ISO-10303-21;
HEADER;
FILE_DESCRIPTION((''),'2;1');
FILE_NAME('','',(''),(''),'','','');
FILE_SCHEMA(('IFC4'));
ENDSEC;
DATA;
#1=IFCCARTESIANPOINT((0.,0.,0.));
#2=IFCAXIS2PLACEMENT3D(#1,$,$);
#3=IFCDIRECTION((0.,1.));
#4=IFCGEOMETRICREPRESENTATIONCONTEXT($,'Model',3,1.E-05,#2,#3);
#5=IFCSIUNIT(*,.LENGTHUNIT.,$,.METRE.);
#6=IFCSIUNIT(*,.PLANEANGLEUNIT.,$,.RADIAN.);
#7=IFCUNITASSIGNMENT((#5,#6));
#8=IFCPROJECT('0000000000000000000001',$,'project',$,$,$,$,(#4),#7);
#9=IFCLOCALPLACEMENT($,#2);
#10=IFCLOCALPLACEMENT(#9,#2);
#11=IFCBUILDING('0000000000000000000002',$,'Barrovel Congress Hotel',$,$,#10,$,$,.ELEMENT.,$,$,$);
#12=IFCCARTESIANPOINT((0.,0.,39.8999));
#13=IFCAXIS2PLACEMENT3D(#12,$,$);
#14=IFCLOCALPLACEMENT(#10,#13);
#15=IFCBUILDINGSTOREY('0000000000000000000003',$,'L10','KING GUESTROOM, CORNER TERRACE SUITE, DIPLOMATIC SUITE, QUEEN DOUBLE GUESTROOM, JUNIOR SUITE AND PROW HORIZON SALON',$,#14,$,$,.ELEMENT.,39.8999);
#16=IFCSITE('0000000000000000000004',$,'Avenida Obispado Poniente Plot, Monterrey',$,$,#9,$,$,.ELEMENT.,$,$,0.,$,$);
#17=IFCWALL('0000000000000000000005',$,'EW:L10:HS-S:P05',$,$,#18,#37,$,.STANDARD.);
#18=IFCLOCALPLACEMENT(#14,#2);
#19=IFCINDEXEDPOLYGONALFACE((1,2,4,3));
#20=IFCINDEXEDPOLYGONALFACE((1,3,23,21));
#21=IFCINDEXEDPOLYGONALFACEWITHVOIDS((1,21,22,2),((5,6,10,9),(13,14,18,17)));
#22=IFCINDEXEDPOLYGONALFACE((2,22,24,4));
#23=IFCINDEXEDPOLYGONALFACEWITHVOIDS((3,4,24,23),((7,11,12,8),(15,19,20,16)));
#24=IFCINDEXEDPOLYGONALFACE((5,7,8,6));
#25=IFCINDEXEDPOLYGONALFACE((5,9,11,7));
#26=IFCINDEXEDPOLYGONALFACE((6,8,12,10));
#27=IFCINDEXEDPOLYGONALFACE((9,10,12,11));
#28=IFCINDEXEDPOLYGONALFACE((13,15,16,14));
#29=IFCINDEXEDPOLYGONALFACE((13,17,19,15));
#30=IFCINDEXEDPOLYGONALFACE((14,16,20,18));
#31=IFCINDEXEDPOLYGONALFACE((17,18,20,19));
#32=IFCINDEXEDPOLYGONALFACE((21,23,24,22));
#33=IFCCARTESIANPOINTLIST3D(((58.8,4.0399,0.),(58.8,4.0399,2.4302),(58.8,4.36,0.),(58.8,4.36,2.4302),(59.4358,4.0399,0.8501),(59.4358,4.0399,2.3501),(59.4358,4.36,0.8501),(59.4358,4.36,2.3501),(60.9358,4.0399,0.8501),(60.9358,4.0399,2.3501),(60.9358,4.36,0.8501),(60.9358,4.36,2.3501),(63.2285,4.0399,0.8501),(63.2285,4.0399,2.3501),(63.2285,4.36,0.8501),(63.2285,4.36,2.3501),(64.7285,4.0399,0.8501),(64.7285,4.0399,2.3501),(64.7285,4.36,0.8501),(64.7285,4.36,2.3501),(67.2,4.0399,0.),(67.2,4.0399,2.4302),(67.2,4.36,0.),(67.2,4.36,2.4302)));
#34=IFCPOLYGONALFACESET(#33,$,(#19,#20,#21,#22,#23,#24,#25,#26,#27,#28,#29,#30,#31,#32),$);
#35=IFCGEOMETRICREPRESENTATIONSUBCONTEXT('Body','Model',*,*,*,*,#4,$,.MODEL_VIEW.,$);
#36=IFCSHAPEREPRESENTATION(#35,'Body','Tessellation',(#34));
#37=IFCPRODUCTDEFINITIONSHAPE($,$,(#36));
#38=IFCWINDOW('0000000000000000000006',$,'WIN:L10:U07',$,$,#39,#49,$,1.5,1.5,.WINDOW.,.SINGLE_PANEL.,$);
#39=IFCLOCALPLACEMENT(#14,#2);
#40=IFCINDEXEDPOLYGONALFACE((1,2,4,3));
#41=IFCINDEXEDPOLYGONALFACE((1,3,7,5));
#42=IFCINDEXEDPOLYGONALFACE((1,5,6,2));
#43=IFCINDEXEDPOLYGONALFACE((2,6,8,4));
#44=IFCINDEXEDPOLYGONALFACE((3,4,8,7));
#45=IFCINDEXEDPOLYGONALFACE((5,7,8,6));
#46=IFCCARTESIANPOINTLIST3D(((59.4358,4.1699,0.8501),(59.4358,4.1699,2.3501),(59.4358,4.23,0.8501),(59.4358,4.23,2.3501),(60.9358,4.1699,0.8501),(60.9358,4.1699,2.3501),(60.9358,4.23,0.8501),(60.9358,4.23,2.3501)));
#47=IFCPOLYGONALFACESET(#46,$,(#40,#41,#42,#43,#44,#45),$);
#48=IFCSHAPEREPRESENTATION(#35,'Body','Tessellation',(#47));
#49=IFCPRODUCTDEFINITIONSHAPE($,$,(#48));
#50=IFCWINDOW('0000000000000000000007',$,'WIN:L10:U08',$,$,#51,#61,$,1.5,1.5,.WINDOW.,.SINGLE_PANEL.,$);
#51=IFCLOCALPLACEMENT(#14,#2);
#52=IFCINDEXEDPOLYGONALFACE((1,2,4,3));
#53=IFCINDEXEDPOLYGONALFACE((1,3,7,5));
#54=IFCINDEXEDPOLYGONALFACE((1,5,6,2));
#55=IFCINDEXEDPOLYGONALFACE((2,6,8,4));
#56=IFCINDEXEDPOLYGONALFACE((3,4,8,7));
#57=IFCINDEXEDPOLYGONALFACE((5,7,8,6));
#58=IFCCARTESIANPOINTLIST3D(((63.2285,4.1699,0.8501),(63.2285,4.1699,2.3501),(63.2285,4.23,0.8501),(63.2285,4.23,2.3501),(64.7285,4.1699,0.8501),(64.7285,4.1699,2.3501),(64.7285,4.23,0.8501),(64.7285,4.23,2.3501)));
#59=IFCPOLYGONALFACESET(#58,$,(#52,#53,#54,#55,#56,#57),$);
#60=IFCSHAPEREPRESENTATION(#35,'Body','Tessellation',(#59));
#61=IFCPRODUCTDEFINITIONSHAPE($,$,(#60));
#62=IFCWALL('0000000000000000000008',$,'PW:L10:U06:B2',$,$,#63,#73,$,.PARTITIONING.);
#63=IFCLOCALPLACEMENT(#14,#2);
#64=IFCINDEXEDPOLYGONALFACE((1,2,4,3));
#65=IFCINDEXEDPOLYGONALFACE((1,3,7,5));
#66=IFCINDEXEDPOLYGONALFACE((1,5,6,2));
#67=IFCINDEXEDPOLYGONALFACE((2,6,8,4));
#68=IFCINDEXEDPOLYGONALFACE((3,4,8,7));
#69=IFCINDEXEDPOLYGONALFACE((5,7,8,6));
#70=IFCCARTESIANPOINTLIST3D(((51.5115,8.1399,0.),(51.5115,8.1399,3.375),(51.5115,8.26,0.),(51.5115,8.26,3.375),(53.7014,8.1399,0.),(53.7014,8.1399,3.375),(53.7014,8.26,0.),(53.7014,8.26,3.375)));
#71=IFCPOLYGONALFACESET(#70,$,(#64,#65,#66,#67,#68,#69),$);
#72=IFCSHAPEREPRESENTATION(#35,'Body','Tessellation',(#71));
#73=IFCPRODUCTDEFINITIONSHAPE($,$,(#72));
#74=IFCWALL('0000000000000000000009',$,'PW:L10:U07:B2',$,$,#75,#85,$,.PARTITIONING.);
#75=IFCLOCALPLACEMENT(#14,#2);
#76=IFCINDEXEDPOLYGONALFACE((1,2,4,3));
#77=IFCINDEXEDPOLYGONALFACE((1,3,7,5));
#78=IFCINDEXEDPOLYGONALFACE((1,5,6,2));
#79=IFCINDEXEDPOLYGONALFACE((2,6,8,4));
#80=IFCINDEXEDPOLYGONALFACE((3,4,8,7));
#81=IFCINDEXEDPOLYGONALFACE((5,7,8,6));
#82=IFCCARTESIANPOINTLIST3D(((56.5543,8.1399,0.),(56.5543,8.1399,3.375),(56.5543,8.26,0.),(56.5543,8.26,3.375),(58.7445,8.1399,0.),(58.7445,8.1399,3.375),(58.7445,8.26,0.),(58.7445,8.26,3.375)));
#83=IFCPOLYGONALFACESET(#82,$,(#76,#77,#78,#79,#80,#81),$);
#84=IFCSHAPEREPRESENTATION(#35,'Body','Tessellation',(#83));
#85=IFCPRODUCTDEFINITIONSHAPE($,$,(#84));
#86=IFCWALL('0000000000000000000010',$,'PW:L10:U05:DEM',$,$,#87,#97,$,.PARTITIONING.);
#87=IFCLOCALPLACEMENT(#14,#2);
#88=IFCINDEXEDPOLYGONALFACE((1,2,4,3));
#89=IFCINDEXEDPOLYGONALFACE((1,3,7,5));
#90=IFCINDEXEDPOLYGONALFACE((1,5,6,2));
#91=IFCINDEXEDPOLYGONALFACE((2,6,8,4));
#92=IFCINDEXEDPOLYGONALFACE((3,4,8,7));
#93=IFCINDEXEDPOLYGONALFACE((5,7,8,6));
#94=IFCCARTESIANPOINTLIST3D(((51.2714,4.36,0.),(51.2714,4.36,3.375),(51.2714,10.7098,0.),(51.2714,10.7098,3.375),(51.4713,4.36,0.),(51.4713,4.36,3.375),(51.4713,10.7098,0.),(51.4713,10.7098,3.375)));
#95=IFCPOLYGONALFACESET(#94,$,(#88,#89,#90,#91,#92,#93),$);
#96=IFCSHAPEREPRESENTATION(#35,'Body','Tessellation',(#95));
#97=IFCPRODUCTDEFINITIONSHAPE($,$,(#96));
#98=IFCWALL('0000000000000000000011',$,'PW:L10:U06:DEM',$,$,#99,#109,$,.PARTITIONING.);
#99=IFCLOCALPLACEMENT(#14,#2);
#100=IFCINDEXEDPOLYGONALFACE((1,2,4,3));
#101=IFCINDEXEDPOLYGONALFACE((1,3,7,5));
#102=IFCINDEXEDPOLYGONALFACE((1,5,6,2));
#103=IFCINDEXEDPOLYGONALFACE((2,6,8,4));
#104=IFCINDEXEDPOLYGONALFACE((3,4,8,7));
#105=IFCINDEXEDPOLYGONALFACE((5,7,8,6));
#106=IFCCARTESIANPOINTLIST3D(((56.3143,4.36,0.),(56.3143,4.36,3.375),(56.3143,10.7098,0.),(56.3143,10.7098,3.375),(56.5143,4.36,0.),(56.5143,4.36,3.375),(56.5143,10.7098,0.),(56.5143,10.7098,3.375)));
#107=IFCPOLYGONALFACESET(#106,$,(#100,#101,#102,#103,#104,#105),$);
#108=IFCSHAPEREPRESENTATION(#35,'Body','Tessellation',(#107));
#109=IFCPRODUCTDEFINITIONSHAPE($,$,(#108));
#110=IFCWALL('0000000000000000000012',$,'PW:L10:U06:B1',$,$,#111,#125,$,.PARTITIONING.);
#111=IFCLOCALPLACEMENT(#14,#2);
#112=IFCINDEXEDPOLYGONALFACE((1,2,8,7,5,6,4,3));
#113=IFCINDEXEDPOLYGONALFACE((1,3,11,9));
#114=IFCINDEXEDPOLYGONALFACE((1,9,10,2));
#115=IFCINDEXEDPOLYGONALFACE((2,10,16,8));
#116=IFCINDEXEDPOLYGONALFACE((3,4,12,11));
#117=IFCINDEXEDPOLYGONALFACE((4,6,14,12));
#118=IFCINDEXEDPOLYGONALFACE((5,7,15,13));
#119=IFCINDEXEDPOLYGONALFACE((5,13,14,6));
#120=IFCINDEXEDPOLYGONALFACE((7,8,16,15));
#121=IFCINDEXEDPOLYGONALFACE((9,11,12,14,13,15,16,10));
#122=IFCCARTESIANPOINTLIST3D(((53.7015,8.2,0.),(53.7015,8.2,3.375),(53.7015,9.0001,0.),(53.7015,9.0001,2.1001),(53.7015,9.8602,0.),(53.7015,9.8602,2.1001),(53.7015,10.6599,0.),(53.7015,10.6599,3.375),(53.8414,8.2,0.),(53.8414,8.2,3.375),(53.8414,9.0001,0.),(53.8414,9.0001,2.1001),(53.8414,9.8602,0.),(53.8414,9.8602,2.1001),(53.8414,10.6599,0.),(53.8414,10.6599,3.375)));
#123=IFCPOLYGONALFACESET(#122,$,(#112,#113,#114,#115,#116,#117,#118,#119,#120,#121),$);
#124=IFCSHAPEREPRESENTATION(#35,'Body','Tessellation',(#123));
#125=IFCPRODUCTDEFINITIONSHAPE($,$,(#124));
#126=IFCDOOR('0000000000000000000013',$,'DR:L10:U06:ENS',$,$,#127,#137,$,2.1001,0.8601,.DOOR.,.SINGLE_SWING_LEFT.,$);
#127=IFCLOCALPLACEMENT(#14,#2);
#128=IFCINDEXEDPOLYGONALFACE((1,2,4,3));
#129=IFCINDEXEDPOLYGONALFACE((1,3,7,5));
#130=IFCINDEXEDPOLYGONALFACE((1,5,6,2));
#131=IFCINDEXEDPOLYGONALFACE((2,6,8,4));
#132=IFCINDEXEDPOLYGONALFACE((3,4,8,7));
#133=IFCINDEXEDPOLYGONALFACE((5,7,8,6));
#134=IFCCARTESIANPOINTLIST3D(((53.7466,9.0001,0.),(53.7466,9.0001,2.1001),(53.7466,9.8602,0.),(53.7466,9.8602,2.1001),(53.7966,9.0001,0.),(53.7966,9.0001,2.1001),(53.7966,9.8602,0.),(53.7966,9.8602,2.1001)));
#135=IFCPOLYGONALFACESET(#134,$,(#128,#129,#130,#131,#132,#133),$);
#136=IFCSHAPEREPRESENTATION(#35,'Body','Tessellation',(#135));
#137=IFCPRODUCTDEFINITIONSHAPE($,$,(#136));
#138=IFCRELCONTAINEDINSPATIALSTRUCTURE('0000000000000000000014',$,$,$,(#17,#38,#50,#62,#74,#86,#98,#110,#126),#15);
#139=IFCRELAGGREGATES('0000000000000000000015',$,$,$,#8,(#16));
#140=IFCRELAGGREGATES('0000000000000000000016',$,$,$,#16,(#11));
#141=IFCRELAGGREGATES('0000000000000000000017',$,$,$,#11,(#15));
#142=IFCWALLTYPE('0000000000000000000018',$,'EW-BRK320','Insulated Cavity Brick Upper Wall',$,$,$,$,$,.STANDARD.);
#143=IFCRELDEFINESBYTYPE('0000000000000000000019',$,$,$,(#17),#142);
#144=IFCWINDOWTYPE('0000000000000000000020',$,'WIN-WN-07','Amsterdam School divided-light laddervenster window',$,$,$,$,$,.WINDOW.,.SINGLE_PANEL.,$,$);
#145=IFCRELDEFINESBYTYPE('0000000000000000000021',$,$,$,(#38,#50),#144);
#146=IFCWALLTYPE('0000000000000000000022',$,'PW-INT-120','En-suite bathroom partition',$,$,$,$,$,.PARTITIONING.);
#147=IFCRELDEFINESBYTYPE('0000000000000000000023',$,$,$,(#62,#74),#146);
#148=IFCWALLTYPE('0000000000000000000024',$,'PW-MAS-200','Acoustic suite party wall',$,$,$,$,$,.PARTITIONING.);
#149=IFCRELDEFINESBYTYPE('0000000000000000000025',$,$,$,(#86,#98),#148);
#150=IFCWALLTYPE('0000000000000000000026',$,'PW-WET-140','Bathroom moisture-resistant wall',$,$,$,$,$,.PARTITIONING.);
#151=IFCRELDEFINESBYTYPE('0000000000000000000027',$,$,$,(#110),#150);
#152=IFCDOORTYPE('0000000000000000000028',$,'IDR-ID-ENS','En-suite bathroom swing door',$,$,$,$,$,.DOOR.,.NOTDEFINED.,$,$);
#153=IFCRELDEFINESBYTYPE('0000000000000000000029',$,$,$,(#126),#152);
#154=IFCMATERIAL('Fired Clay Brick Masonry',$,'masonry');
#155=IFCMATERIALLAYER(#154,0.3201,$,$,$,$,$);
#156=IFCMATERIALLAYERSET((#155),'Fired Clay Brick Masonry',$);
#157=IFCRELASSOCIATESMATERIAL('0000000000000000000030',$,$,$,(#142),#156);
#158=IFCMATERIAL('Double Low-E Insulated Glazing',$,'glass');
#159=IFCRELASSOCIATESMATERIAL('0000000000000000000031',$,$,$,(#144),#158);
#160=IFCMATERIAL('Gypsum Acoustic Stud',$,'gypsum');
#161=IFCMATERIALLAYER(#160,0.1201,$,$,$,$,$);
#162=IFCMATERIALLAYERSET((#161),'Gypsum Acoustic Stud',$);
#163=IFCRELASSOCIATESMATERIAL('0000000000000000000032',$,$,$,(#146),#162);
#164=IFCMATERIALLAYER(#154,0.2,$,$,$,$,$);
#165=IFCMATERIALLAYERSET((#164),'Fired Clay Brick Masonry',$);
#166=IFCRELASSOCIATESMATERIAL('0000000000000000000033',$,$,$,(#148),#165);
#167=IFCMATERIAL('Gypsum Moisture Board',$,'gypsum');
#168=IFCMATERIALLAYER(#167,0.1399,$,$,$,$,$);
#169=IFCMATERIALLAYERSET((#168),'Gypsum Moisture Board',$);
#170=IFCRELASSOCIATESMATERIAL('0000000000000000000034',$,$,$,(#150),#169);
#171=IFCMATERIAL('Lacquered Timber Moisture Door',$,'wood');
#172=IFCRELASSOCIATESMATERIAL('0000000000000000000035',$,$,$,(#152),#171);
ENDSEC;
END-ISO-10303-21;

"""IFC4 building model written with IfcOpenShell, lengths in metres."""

from ifc_helpers import new_model, si_unit, direction, frame, frame_2d, origin, place, context, subcontext, project, spatial, rectangle, extrude, material, layer, layer_set, type_object, element, fill, save


model = new_model("IFC4")

# Units and contexts
model_context = context("Model", 3, precision=1e-05, world=origin(), true_north=direction((0.0, 1.0)))
body_context = subcontext(model_context, "Body", "Model", "MODEL_VIEW")
ifc_project = project(units=[si_unit("LENGTHUNIT", "METRE"), si_unit("PLANEANGLEUNIT", "RADIAN")], contexts=[model_context])

# Site, building, storey
site_placement = place(None, origin())
site = spatial("IfcSite", under=ifc_project, at=site_placement, Name="Avenida Obispado Poniente Plot, Monterrey", CompositionType="ELEMENT", RefElevation=0.0)
building_placement = place(site_placement, origin())
building = spatial("IfcBuilding", under=site, at=building_placement, Name="Barrovel Congress Hotel", CompositionType="ELEMENT")
storey_placement = place(building_placement, frame((0.0, 0.0, 39.8999)))
storey = spatial("IfcBuildingStorey", under=building, at=storey_placement, Name="L10", Description="KING GUESTROOM, CORNER TERRACE SUITE, DIPLOMATIC SUITE, QUEEN DOUBLE GUESTROOM, JUNIOR SUITE AND PROW HORIZON SALON", CompositionType="ELEMENT", Elevation=39.8999)

# Shared definitions
ifc_material_1 = material(Name="Fired Clay Brick Masonry", Category="masonry")
ifc_layer_1 = layer(ifc_material_1, 0.3201)
ifc_layer_set_1 = layer_set([ifc_layer_1], Name="Fired Clay Brick Masonry")
wall_type_1 = type_object("IfcWallType", Name="EW-BRK320", Description="Insulated Cavity Brick Upper Wall", PredefinedType="STANDARD", material=ifc_layer_set_1)
ifc_material_2 = material(Name="Double Low-E Insulated Glazing", Category="glass")
window_type = type_object("IfcWindowType", Name="WIN-WN-07", Description="Amsterdam School divided-light laddervenster window", PartitioningType="SINGLE_PANEL", PredefinedType="WINDOW", material=ifc_material_2)

# Wall, openings, windows
wall_1_placement = place(storey_placement, frame((58.8, 4.2, 0.0), z_axis=(0.0, 0.0, 1.0), x_axis=(1.0, 0.0, 0.0)))
wall_1 = element("IfcWall", 1, at=wall_1_placement, inside=storey, type_object=wall_type_1, Name="EW:L10:HS-S:P05", PredefinedType="STANDARD", context=body_context, shape_type="SweptSolid", body=[
    extrude(rectangle(XDim=8.3999, YDim=0.3201, at=frame_2d((4.2, 0.0))), origin(), (0.0, 0.0, 1.0), 2.4302),
])
opening_1_placement = place(wall_1_placement, frame((0.6357, 0.0, 0.8501)))
opening_1 = element("IfcOpeningElement", 2, at=opening_1_placement, cuts=wall_1, PredefinedType="OPENING", context=body_context, shape_type="SweptSolid", body=[
    extrude(rectangle(XDim=1.5, YDim=1.5, at=frame_2d((0.75, 0.75))), frame((0.0, 0.1699, 0.0), z_axis=(0.0, -1.0, 0.0), x_axis=(1.0, 0.0, 0.0)), (0.0, 0.0, 1.0), 0.3401),
])
opening_2_placement = place(wall_1_placement, frame((4.4285, 0.0, 0.8501)))
opening_2 = element("IfcOpeningElement", 3, at=opening_2_placement, cuts=wall_1, PredefinedType="OPENING", context=body_context, shape_type="SweptSolid", body=[
    extrude(rectangle(XDim=1.5, YDim=1.5, at=frame_2d((0.75, 0.75))), frame((0.0, 0.1699, 0.0), z_axis=(0.0, -1.0, 0.0), x_axis=(1.0, 0.0, 0.0)), (0.0, 0.0, 1.0), 0.3401),
])
window_1_placement = place(opening_1_placement, origin())
window_1 = element("IfcWindow", 4, at=window_1_placement, inside=storey, type_object=window_type, Name="WIN:L10:U07", OverallHeight=1.5, OverallWidth=1.5, PartitioningType="SINGLE_PANEL", PredefinedType="WINDOW", context=body_context, shape_type="SweptSolid", body=[
    extrude(rectangle(XDim=1.5, YDim=1.5, at=frame_2d((0.75, 0.75))), frame((0.0, 0.03, 0.0), z_axis=(0.0, -1.0, 0.0), x_axis=(1.0, 0.0, 0.0)), (0.0, 0.0, 1.0), 0.0601),
])
fill(opening_1, window_1)
window_2_placement = place(opening_2_placement, origin())
window_2 = element("IfcWindow", 5, at=window_2_placement, inside=storey, type_object=window_type, Name="WIN:L10:U08", OverallHeight=1.5, OverallWidth=1.5, PartitioningType="SINGLE_PANEL", PredefinedType="WINDOW", context=body_context, shape_type="SweptSolid", body=[
    extrude(rectangle(XDim=1.5, YDim=1.5, at=frame_2d((0.75, 0.75))), frame((0.0, 0.03, 0.0), z_axis=(0.0, -1.0, 0.0), x_axis=(1.0, 0.0, 0.0)), (0.0, 0.0, 1.0), 0.0601),
])
fill(opening_2, window_2)

# Shared definitions
ifc_material_3 = material(Name="Gypsum Acoustic Stud", Category="gypsum")

# Walls
ifc_layer_2 = layer(ifc_material_3, 0.1201)
ifc_layer_set_2 = layer_set([ifc_layer_2], Name="Gypsum Acoustic Stud")
wall_type_2 = type_object("IfcWallType", Name="PW-INT-120", Description="En-suite bathroom partition", PredefinedType="PARTITIONING", material=ifc_layer_set_2)
wall_2_placement = place(storey_placement, frame((51.5115, 8.2, 0.0), z_axis=(0.0, 0.0, 1.0), x_axis=(1.0, 0.0, 0.0)))
element("IfcWall", 6, at=wall_2_placement, inside=storey, type_object=wall_type_2, Name="PW:L10:U06:B2", PredefinedType="PARTITIONING", context=body_context, shape_type="SweptSolid", body=[
    extrude(rectangle(XDim=2.1899, YDim=0.1201, at=frame_2d((1.095, 0.0))), origin(), (0.0, 0.0, 1.0), 3.375),
])
wall_3_placement = place(storey_placement, frame((56.5542, 8.2, 0.0), z_axis=(0.0, 0.0, 1.0), x_axis=(1.0, 0.0, 0.0)))
element("IfcWall", 7, at=wall_3_placement, inside=storey, type_object=wall_type_2, Name="PW:L10:U07:B2", PredefinedType="PARTITIONING", context=body_context, shape_type="SweptSolid", body=[
    extrude(rectangle(XDim=2.1902, YDim=0.1201, at=frame_2d((1.0952, 0.0))), origin(), (0.0, 0.0, 1.0), 3.375),
])
ifc_layer_3 = layer(ifc_material_1, 0.2)
ifc_layer_set_3 = layer_set([ifc_layer_3], Name="Fired Clay Brick Masonry")
wall_type_3 = type_object("IfcWallType", Name="PW-MAS-200", Description="Acoustic suite party wall", PredefinedType="PARTITIONING", material=ifc_layer_set_3)
for number, where, z_axis, x_axis, name in (
    (8, (51.3713, 4.3601, 0.0), (0.0, 0.0, 1.0), (0.0, 1.0, 0.0), "PW:L10:U05:DEM"),
    (9, (56.4143, 4.3601, 0.0), (0.0, 0.0, 1.0), (0.0, 1.0, 0.0), "PW:L10:U06:DEM"),
):
    element("IfcWall", number, at=place(storey_placement, frame(where, z_axis=z_axis, x_axis=x_axis)), inside=storey, type_object=wall_type_3, Name=name, PredefinedType="PARTITIONING", context=body_context, shape_type="SweptSolid", body=[
        extrude(rectangle(XDim=6.3499, YDim=0.2, at=frame_2d((3.1748, 0.0))), origin(), (0.0, 0.0, 1.0), 3.375),
    ])

# Wall, opening, door
ifc_material_4 = material(Name="Gypsum Moisture Board", Category="gypsum")
ifc_layer_4 = layer(ifc_material_4, 0.1399)
ifc_layer_set_4 = layer_set([ifc_layer_4], Name="Gypsum Moisture Board")
wall_type_4 = type_object("IfcWallType", Name="PW-WET-140", Description="Bathroom moisture-resistant wall", PredefinedType="PARTITIONING", material=ifc_layer_set_4)
wall_4_placement = place(storey_placement, frame((53.7715, 8.2, 0.0), z_axis=(0.0, 0.0, 1.0), x_axis=(0.0, 1.0, 0.0)))
wall_4 = element("IfcWall", 10, at=wall_4_placement, inside=storey, type_object=wall_type_4, Name="PW:L10:U06:B1", PredefinedType="PARTITIONING", context=body_context, shape_type="SweptSolid", body=[
    extrude(rectangle(XDim=2.46, YDim=0.1399, at=frame_2d((1.23, 0.0))), origin(), (0.0, 0.0, 1.0), 3.375),
])
opening_3_placement = place(wall_4_placement, frame((0.8, 0.0, 0.0)))
opening_3 = element("IfcOpeningElement", 11, at=opening_3_placement, cuts=wall_4, PredefinedType="OPENING", context=body_context, shape_type="SweptSolid", body=[
    extrude(rectangle(XDim=0.8601, YDim=2.1001, at=frame_2d((0.4302, 1.05))), frame((0.0, 0.0801, 0.0), z_axis=(0.0, -1.0, 0.0), x_axis=(1.0, 0.0, 0.0)), (0.0, 0.0, 1.0), 0.1599),
])
ifc_material_5 = material(Name="Lacquered Timber Moisture Door", Category="wood")
door_type_1 = type_object("IfcDoorType", Name="IDR-ID-ENS", Description="En-suite bathroom swing door", OperationType="NOTDEFINED", PredefinedType="DOOR", material=ifc_material_5)
door_1_placement = place(opening_3_placement, origin())
door_1 = element("IfcDoor", 12, at=door_1_placement, inside=storey, type_object=door_type_1, Name="DR:L10:U06:ENS", OperationType="SINGLE_SWING_LEFT", OverallHeight=2.1001, OverallWidth=0.8601, PredefinedType="DOOR", context=body_context, shape_type="SweptSolid", body=[
    extrude(rectangle(XDim=0.8601, YDim=2.1001, at=frame_2d((0.4302, 1.05))), frame((0.0, 0.0249, 0.0), z_axis=(0.0, -1.0, 0.0), x_axis=(1.0, 0.0, 0.0)), (0.0, 0.0, 1.0), 0.05),
])
fill(opening_3, door_1)

save(model, "model.ifc")
